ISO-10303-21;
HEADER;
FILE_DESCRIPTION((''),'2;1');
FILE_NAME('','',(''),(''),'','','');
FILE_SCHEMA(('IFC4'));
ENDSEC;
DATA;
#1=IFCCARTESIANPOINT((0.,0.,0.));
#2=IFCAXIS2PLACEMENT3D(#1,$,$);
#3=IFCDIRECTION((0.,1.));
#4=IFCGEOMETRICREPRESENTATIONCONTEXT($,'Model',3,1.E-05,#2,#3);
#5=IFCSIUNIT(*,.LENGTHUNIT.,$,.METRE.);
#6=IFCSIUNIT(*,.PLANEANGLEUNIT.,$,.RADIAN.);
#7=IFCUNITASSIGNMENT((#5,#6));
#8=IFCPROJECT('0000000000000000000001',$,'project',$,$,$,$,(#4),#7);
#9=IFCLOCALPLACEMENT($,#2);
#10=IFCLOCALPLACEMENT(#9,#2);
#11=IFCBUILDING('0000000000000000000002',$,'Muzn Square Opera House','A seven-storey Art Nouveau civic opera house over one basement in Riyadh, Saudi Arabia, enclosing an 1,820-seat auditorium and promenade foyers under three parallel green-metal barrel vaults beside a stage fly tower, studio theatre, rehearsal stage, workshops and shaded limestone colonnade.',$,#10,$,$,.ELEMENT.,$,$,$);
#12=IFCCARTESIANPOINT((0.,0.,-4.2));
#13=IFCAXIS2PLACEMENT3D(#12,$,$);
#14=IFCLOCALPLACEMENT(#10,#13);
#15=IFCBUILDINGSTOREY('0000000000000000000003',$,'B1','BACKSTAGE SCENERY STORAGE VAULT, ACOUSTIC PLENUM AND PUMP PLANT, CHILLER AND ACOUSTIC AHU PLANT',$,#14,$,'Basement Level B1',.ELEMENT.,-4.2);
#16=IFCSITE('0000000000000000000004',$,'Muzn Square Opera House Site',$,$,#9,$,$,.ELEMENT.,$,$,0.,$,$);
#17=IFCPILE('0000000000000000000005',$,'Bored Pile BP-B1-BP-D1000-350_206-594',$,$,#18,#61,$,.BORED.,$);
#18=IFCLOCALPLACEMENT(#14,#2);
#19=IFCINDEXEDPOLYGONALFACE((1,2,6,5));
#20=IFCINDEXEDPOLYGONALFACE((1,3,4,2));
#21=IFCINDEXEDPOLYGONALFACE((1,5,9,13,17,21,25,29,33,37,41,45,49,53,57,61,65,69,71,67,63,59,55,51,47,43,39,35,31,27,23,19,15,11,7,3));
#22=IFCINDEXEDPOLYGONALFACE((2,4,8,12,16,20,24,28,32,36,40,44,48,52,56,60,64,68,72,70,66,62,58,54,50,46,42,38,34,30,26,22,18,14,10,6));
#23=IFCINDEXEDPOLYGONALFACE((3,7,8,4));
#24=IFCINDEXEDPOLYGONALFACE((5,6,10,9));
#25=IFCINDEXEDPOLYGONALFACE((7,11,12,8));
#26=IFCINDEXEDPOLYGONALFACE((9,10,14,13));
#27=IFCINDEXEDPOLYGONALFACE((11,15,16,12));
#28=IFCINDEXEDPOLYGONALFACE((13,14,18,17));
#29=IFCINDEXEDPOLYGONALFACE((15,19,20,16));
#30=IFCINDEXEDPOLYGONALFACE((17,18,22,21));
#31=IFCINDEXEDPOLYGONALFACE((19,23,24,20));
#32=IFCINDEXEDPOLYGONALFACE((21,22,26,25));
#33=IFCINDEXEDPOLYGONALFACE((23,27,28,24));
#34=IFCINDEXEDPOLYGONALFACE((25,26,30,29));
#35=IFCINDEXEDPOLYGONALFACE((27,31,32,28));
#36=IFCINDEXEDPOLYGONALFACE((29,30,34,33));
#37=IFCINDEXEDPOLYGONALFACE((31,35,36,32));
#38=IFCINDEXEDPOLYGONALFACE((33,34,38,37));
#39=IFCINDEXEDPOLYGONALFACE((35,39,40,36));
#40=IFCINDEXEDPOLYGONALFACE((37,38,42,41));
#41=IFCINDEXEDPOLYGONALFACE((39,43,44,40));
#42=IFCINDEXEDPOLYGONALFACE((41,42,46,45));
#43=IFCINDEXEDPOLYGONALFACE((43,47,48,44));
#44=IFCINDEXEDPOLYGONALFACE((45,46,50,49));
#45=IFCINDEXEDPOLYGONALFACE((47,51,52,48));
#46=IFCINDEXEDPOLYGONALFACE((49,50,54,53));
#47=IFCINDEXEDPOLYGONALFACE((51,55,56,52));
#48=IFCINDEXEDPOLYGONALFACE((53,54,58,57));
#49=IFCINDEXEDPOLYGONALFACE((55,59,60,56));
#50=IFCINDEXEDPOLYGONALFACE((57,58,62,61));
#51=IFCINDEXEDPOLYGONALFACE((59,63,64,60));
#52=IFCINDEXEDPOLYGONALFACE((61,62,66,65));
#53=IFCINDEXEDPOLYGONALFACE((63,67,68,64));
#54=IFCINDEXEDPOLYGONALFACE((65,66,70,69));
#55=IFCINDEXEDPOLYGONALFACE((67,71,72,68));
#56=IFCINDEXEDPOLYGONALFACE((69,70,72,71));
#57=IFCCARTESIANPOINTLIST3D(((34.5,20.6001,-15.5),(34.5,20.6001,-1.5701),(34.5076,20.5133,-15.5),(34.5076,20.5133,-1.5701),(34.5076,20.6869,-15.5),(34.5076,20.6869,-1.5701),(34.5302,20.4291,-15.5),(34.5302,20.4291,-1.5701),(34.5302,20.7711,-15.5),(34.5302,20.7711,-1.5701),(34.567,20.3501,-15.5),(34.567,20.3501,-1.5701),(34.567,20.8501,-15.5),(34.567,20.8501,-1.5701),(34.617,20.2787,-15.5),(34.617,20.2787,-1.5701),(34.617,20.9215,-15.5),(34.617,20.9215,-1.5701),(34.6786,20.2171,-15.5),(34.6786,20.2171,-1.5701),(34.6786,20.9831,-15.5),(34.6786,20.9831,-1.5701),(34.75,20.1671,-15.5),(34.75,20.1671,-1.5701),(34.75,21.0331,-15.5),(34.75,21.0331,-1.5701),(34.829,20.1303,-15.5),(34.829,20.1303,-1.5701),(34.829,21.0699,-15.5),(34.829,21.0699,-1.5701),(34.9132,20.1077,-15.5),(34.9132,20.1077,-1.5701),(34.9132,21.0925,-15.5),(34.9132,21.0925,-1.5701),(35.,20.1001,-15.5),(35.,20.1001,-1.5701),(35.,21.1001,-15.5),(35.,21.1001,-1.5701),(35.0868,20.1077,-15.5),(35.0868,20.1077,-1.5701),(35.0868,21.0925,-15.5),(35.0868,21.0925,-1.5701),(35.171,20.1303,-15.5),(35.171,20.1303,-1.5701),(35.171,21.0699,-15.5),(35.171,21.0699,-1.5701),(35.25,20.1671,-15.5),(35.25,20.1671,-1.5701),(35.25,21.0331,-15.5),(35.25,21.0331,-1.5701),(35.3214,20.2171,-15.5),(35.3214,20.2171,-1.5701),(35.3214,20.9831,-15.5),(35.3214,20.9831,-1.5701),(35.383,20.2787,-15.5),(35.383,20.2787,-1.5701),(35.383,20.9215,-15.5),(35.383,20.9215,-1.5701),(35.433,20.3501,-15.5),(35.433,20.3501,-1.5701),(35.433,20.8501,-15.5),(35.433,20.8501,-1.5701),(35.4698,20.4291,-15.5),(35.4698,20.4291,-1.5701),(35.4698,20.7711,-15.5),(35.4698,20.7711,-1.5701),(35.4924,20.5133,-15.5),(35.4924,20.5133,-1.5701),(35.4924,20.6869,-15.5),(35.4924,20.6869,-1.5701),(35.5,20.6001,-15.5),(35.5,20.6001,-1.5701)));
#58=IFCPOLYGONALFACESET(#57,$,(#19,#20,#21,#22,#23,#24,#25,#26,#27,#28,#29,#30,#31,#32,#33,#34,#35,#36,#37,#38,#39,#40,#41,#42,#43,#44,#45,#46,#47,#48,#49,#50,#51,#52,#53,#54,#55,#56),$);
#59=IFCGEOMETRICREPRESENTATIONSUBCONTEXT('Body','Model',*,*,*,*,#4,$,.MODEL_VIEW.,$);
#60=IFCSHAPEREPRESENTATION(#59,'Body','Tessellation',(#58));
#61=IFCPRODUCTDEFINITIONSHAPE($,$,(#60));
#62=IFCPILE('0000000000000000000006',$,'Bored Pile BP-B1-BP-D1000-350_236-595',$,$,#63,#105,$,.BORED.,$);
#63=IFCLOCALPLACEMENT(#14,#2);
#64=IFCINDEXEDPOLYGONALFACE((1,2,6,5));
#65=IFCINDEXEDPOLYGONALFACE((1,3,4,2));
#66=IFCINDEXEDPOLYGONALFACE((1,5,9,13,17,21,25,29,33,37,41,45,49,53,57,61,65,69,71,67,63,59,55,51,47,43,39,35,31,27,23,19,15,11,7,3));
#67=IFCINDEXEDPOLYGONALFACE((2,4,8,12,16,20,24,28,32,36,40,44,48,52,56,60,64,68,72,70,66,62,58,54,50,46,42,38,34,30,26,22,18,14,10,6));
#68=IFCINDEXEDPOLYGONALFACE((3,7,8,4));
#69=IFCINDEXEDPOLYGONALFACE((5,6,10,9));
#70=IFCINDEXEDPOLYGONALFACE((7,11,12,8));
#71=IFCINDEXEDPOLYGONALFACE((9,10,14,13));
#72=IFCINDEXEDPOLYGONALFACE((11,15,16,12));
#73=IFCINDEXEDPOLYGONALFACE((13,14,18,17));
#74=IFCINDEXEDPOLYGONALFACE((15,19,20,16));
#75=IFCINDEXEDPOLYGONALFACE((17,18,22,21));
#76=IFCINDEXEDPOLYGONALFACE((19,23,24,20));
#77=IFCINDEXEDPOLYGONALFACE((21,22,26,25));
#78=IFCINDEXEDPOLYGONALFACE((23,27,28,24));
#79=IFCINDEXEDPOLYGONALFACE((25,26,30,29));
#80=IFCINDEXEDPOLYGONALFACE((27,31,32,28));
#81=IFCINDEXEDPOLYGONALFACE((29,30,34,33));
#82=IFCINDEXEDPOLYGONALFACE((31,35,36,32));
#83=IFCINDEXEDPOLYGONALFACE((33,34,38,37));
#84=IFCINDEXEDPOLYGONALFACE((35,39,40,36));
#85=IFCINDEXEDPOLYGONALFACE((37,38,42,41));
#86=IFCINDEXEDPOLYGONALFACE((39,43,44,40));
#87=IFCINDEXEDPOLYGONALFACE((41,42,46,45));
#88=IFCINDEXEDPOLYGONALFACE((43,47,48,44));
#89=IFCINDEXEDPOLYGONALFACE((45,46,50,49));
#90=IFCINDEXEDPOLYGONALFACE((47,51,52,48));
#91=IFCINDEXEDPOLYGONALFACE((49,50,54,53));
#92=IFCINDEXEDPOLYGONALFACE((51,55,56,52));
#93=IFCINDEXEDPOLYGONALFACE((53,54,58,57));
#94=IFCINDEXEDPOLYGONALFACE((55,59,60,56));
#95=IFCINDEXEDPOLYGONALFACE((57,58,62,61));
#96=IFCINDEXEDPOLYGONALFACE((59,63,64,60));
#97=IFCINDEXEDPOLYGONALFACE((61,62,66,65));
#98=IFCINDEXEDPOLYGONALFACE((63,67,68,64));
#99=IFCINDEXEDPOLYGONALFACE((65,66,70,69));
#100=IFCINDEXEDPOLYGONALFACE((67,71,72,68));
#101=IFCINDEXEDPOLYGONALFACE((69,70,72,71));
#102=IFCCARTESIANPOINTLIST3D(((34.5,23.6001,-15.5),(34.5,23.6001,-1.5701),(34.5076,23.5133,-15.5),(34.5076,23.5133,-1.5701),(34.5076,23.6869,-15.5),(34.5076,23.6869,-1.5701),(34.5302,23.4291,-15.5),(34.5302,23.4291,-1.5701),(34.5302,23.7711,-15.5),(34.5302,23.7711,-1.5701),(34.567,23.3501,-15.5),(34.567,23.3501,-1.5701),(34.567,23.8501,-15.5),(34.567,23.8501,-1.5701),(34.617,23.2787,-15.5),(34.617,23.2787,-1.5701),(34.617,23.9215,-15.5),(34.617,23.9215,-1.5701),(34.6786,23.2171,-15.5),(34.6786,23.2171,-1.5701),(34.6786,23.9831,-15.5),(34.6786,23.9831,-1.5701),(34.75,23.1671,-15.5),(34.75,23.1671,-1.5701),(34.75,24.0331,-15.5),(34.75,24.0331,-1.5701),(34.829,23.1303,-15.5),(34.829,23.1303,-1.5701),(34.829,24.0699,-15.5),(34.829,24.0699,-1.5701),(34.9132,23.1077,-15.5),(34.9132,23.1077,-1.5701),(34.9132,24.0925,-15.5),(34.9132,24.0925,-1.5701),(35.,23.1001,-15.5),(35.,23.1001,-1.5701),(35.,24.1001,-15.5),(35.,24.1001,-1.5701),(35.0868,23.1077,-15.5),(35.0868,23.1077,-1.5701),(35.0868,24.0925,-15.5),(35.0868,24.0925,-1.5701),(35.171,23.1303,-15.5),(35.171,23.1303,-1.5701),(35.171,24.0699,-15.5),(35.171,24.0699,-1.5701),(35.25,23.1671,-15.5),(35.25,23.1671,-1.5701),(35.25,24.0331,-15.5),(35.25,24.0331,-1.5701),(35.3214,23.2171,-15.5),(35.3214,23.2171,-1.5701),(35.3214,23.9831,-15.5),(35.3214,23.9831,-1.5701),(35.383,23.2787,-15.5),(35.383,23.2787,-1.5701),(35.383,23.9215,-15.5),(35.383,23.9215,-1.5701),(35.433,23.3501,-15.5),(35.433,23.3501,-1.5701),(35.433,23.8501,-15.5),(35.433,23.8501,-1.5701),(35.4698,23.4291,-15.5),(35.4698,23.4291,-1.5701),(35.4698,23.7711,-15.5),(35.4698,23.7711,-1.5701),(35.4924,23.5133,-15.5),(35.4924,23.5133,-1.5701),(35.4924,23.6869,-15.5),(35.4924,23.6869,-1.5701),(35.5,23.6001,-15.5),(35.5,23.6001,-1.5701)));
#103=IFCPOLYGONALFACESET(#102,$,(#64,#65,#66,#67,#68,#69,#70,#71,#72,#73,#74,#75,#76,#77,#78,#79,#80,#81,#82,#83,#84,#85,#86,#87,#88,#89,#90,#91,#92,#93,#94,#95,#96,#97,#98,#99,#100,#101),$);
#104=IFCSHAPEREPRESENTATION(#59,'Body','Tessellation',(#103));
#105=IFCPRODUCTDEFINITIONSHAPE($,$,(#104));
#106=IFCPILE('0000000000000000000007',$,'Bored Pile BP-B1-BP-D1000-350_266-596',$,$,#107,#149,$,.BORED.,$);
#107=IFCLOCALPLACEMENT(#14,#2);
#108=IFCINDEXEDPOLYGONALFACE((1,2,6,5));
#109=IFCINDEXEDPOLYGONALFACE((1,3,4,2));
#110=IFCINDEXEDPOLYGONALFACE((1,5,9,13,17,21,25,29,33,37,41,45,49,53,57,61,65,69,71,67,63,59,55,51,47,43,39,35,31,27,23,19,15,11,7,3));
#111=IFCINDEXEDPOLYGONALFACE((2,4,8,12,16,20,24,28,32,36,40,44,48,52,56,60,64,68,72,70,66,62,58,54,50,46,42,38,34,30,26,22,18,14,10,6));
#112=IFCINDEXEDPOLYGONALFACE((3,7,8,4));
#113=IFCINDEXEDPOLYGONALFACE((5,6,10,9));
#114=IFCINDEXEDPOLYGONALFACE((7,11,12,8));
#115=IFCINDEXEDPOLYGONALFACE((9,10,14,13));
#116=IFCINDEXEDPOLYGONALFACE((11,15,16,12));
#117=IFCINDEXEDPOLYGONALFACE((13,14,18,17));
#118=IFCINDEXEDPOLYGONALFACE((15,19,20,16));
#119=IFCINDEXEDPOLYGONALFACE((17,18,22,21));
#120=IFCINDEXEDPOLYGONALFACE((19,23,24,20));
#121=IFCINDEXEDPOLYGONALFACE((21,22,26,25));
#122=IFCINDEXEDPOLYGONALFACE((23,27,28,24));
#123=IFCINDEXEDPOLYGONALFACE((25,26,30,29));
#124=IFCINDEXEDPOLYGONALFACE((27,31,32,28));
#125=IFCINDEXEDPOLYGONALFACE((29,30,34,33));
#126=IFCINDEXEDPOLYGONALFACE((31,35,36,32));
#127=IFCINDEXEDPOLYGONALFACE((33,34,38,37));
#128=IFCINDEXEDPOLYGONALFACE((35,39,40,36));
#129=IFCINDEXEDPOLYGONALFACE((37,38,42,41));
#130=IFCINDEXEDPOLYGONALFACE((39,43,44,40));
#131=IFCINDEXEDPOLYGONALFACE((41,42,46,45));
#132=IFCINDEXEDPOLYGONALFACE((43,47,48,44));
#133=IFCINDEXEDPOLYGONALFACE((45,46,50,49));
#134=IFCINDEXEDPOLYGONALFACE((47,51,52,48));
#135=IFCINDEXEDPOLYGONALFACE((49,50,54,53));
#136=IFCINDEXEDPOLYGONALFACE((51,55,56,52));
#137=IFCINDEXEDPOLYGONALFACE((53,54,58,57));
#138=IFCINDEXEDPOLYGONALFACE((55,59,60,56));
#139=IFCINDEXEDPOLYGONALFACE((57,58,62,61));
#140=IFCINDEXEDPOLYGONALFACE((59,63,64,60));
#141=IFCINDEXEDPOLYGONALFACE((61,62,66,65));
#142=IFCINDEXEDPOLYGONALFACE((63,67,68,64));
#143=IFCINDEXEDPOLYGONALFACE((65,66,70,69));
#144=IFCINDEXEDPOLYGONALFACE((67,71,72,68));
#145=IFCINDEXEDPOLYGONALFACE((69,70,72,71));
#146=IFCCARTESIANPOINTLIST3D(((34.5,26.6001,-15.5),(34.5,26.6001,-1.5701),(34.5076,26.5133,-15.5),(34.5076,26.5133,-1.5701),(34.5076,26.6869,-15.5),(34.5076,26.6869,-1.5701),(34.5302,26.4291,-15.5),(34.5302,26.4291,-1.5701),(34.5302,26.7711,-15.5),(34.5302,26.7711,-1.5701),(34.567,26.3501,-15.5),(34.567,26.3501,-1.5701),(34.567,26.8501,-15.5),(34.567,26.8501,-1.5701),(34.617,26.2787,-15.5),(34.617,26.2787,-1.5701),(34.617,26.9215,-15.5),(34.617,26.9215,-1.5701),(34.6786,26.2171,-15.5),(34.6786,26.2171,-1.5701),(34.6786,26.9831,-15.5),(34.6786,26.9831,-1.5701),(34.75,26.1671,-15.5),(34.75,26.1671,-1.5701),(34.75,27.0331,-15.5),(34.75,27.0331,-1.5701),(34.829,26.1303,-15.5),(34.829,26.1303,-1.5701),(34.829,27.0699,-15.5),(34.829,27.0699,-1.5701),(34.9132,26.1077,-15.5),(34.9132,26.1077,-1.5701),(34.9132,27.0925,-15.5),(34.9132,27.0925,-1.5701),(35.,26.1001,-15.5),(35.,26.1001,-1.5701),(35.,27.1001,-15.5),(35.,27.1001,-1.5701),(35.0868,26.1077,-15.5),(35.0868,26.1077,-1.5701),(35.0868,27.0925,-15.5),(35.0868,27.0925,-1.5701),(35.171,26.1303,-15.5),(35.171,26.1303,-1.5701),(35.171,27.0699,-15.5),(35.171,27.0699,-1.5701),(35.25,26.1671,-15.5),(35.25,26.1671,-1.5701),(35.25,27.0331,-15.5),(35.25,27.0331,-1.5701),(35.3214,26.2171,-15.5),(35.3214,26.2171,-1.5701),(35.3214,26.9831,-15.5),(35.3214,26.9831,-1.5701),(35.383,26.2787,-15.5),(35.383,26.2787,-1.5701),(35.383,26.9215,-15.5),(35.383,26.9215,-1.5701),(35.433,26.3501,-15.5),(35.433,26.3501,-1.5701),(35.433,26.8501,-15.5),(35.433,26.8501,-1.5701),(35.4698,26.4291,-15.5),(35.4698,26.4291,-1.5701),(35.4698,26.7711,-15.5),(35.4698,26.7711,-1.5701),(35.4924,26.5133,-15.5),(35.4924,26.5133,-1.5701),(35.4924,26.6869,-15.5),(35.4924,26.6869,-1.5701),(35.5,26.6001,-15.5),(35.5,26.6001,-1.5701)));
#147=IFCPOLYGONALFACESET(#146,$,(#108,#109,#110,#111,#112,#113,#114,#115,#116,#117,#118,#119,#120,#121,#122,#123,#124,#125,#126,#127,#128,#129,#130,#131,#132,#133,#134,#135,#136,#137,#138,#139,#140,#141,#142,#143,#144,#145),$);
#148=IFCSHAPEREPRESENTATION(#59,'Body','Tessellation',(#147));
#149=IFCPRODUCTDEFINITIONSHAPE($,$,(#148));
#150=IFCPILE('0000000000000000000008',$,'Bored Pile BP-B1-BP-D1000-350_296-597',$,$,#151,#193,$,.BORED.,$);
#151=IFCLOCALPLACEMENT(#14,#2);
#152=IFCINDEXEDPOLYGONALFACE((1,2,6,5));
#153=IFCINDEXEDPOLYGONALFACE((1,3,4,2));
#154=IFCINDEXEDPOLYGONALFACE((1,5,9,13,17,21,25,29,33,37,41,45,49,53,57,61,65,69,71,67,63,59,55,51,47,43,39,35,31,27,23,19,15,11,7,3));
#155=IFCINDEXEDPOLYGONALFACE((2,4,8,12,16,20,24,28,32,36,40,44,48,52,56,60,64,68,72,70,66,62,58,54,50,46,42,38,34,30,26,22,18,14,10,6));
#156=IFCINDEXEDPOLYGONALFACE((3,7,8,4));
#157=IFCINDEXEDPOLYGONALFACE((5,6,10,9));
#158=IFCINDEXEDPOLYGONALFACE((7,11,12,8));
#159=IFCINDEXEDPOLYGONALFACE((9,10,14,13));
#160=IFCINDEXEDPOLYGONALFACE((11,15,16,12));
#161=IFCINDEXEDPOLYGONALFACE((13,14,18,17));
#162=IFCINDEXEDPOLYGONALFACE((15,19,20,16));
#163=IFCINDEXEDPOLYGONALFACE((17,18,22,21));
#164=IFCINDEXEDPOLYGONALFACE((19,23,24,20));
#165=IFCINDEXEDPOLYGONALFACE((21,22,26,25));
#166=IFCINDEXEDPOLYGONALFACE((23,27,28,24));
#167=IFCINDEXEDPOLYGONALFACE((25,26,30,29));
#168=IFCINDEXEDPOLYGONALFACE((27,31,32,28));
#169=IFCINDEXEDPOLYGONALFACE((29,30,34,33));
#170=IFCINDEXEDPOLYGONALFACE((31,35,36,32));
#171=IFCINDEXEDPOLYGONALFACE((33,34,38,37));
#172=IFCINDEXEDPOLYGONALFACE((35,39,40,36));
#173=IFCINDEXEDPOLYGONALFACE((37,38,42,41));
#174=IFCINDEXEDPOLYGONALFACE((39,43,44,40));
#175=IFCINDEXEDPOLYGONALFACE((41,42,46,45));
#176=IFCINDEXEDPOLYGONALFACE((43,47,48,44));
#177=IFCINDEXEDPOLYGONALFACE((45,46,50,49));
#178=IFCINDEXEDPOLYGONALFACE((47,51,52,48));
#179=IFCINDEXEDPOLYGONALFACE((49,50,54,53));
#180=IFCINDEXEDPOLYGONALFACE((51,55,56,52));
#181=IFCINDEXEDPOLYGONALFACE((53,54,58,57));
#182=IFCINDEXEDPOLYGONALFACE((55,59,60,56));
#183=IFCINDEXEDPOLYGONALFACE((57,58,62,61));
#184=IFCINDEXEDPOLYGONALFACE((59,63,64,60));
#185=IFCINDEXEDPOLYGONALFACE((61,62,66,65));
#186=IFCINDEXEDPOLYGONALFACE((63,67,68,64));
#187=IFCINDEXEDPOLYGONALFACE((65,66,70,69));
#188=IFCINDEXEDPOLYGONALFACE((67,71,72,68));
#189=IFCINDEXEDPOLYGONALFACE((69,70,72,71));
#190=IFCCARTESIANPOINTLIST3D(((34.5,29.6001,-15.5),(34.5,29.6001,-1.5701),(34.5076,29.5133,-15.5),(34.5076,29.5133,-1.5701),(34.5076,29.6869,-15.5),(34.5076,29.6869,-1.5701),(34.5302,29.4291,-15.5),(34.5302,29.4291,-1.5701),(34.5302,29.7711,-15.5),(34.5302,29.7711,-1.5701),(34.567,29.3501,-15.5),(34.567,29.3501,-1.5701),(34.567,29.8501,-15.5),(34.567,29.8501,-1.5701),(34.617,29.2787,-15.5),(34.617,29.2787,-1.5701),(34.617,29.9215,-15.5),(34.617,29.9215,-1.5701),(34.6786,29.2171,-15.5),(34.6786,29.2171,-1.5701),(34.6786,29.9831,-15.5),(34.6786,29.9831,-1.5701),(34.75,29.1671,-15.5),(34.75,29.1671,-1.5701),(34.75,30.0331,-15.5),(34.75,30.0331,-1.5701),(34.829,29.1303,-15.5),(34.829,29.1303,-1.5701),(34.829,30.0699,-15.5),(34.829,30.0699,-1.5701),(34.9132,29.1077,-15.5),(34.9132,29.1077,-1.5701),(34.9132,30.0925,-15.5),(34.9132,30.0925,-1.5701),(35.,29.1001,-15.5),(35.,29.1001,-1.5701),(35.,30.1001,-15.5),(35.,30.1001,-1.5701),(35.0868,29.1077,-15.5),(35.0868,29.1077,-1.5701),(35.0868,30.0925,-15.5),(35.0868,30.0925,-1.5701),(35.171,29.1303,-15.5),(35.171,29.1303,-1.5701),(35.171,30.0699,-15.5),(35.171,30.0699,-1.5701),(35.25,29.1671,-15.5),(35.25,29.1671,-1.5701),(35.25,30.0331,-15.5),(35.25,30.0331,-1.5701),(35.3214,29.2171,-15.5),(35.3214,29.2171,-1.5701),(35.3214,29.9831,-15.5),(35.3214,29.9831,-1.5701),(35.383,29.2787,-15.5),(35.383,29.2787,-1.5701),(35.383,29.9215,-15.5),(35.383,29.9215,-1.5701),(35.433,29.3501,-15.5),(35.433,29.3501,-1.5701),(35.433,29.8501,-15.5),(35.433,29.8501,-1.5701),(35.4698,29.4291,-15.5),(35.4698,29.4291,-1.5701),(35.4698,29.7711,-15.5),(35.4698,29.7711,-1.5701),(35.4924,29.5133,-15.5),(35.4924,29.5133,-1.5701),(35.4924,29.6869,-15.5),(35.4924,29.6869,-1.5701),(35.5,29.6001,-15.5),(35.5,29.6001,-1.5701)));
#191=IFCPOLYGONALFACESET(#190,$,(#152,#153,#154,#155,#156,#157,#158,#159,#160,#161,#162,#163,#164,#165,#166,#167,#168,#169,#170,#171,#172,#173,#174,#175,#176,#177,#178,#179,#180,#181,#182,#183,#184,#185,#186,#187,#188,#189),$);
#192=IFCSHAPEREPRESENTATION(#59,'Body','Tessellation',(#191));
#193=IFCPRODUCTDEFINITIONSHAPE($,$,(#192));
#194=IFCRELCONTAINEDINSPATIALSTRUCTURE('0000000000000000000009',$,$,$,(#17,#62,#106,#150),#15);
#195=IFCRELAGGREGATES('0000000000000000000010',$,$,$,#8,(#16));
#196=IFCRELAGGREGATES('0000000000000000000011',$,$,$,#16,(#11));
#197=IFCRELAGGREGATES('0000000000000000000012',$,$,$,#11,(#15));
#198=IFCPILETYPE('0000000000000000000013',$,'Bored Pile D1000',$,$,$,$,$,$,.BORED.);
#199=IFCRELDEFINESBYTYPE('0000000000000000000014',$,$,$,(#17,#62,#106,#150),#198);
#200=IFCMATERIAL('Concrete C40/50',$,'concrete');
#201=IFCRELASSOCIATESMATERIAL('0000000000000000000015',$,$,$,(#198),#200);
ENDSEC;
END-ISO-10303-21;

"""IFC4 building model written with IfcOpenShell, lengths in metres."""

from ifc_helpers import new_model, si_unit, direction, frame, origin, origin_2d, place, context, subcontext, project, spatial, circle, extrude, material, material_profile, profile_set, type_object, element, save


model = new_model("IFC4")

# Units and contexts
model_context = context("Model", 3, precision=1e-05, world=origin(), true_north=direction((0.0, 1.0)))
body_context = subcontext(model_context, "Body", "Model", "MODEL_VIEW")
ifc_project = project(units=[si_unit("LENGTHUNIT", "METRE"), si_unit("PLANEANGLEUNIT", "RADIAN")], contexts=[model_context])

# Site, building, storey
site_placement = place(None, origin())
site = spatial("IfcSite", under=ifc_project, at=site_placement, Name="Muzn Square Opera House Site", CompositionType="ELEMENT", RefElevation=0.0)
building_placement = place(site_placement, origin())
building = spatial("IfcBuilding", under=site, at=building_placement, Name="Muzn Square Opera House", Description="A seven-storey Art Nouveau civic opera house over one basement in Riyadh, Saudi Arabia, enclosing an 1,820-seat auditorium and promenade foyers under three parallel green-metal barrel vaults beside a stage fly tower, studio theatre, rehearsal stage, workshops and shaded limestone colonnade.", CompositionType="ELEMENT")
storey_placement = place(building_placement, frame((0.0, 0.0, -4.2)))
storey = spatial("IfcBuildingStorey", under=building, at=storey_placement, Name="B1", Description="BACKSTAGE SCENERY STORAGE VAULT, ACOUSTIC PLENUM AND PUMP PLANT, CHILLER AND ACOUSTIC AHU PLANT", LongName="Basement Level B1", CompositionType="ELEMENT", Elevation=-4.2)

# Piles
ifc_material_1 = material(Name="Concrete C40/50", Category="concrete")
ifc_material_profile_1 = material_profile(ifc_material_1, circle(Radius=0.5, at=origin_2d()), Name="BORED PILE D1000", Category="concrete")
ifc_profile_set_1 = profile_set([ifc_material_profile_1], Name="Concrete C40/50")
pile_type_1 = type_object("IfcPileType", Name="Bored Pile D1000", PredefinedType="BORED", material=ifc_profile_set_1)
for number, where, z_axis, x_axis, name in (
    (1, (35.0, 20.6001, -1.5701), (0.0, 0.0, -1.0), (1.0, 0.0, 0.0), "Bored Pile BP-B1-BP-D1000-350_206-594"),
    (2, (35.0, 23.6001, -1.5701), (0.0, 0.0, -1.0), (1.0, 0.0, 0.0), "Bored Pile BP-B1-BP-D1000-350_236-595"),
    (3, (35.0, 26.6001, -1.5701), (0.0, 0.0, -1.0), (1.0, 0.0, 0.0), "Bored Pile BP-B1-BP-D1000-350_266-596"),
    (4, (35.0, 29.6001, -1.5701), (0.0, 0.0, -1.0), (1.0, 0.0, 0.0), "Bored Pile BP-B1-BP-D1000-350_296-597"),
):
    element("IfcPile", number, at=place(storey_placement, frame(where, z_axis=z_axis, x_axis=x_axis)), inside=storey, type_object=pile_type_1, Name=name, PredefinedType="BORED", context=body_context, shape_type="SweptSolid", body=[
        extrude(circle(Radius=0.5, at=origin_2d()), origin(), (0.0, 0.0, 1.0), 13.9299),
    ])

save(model, "model.ifc")
